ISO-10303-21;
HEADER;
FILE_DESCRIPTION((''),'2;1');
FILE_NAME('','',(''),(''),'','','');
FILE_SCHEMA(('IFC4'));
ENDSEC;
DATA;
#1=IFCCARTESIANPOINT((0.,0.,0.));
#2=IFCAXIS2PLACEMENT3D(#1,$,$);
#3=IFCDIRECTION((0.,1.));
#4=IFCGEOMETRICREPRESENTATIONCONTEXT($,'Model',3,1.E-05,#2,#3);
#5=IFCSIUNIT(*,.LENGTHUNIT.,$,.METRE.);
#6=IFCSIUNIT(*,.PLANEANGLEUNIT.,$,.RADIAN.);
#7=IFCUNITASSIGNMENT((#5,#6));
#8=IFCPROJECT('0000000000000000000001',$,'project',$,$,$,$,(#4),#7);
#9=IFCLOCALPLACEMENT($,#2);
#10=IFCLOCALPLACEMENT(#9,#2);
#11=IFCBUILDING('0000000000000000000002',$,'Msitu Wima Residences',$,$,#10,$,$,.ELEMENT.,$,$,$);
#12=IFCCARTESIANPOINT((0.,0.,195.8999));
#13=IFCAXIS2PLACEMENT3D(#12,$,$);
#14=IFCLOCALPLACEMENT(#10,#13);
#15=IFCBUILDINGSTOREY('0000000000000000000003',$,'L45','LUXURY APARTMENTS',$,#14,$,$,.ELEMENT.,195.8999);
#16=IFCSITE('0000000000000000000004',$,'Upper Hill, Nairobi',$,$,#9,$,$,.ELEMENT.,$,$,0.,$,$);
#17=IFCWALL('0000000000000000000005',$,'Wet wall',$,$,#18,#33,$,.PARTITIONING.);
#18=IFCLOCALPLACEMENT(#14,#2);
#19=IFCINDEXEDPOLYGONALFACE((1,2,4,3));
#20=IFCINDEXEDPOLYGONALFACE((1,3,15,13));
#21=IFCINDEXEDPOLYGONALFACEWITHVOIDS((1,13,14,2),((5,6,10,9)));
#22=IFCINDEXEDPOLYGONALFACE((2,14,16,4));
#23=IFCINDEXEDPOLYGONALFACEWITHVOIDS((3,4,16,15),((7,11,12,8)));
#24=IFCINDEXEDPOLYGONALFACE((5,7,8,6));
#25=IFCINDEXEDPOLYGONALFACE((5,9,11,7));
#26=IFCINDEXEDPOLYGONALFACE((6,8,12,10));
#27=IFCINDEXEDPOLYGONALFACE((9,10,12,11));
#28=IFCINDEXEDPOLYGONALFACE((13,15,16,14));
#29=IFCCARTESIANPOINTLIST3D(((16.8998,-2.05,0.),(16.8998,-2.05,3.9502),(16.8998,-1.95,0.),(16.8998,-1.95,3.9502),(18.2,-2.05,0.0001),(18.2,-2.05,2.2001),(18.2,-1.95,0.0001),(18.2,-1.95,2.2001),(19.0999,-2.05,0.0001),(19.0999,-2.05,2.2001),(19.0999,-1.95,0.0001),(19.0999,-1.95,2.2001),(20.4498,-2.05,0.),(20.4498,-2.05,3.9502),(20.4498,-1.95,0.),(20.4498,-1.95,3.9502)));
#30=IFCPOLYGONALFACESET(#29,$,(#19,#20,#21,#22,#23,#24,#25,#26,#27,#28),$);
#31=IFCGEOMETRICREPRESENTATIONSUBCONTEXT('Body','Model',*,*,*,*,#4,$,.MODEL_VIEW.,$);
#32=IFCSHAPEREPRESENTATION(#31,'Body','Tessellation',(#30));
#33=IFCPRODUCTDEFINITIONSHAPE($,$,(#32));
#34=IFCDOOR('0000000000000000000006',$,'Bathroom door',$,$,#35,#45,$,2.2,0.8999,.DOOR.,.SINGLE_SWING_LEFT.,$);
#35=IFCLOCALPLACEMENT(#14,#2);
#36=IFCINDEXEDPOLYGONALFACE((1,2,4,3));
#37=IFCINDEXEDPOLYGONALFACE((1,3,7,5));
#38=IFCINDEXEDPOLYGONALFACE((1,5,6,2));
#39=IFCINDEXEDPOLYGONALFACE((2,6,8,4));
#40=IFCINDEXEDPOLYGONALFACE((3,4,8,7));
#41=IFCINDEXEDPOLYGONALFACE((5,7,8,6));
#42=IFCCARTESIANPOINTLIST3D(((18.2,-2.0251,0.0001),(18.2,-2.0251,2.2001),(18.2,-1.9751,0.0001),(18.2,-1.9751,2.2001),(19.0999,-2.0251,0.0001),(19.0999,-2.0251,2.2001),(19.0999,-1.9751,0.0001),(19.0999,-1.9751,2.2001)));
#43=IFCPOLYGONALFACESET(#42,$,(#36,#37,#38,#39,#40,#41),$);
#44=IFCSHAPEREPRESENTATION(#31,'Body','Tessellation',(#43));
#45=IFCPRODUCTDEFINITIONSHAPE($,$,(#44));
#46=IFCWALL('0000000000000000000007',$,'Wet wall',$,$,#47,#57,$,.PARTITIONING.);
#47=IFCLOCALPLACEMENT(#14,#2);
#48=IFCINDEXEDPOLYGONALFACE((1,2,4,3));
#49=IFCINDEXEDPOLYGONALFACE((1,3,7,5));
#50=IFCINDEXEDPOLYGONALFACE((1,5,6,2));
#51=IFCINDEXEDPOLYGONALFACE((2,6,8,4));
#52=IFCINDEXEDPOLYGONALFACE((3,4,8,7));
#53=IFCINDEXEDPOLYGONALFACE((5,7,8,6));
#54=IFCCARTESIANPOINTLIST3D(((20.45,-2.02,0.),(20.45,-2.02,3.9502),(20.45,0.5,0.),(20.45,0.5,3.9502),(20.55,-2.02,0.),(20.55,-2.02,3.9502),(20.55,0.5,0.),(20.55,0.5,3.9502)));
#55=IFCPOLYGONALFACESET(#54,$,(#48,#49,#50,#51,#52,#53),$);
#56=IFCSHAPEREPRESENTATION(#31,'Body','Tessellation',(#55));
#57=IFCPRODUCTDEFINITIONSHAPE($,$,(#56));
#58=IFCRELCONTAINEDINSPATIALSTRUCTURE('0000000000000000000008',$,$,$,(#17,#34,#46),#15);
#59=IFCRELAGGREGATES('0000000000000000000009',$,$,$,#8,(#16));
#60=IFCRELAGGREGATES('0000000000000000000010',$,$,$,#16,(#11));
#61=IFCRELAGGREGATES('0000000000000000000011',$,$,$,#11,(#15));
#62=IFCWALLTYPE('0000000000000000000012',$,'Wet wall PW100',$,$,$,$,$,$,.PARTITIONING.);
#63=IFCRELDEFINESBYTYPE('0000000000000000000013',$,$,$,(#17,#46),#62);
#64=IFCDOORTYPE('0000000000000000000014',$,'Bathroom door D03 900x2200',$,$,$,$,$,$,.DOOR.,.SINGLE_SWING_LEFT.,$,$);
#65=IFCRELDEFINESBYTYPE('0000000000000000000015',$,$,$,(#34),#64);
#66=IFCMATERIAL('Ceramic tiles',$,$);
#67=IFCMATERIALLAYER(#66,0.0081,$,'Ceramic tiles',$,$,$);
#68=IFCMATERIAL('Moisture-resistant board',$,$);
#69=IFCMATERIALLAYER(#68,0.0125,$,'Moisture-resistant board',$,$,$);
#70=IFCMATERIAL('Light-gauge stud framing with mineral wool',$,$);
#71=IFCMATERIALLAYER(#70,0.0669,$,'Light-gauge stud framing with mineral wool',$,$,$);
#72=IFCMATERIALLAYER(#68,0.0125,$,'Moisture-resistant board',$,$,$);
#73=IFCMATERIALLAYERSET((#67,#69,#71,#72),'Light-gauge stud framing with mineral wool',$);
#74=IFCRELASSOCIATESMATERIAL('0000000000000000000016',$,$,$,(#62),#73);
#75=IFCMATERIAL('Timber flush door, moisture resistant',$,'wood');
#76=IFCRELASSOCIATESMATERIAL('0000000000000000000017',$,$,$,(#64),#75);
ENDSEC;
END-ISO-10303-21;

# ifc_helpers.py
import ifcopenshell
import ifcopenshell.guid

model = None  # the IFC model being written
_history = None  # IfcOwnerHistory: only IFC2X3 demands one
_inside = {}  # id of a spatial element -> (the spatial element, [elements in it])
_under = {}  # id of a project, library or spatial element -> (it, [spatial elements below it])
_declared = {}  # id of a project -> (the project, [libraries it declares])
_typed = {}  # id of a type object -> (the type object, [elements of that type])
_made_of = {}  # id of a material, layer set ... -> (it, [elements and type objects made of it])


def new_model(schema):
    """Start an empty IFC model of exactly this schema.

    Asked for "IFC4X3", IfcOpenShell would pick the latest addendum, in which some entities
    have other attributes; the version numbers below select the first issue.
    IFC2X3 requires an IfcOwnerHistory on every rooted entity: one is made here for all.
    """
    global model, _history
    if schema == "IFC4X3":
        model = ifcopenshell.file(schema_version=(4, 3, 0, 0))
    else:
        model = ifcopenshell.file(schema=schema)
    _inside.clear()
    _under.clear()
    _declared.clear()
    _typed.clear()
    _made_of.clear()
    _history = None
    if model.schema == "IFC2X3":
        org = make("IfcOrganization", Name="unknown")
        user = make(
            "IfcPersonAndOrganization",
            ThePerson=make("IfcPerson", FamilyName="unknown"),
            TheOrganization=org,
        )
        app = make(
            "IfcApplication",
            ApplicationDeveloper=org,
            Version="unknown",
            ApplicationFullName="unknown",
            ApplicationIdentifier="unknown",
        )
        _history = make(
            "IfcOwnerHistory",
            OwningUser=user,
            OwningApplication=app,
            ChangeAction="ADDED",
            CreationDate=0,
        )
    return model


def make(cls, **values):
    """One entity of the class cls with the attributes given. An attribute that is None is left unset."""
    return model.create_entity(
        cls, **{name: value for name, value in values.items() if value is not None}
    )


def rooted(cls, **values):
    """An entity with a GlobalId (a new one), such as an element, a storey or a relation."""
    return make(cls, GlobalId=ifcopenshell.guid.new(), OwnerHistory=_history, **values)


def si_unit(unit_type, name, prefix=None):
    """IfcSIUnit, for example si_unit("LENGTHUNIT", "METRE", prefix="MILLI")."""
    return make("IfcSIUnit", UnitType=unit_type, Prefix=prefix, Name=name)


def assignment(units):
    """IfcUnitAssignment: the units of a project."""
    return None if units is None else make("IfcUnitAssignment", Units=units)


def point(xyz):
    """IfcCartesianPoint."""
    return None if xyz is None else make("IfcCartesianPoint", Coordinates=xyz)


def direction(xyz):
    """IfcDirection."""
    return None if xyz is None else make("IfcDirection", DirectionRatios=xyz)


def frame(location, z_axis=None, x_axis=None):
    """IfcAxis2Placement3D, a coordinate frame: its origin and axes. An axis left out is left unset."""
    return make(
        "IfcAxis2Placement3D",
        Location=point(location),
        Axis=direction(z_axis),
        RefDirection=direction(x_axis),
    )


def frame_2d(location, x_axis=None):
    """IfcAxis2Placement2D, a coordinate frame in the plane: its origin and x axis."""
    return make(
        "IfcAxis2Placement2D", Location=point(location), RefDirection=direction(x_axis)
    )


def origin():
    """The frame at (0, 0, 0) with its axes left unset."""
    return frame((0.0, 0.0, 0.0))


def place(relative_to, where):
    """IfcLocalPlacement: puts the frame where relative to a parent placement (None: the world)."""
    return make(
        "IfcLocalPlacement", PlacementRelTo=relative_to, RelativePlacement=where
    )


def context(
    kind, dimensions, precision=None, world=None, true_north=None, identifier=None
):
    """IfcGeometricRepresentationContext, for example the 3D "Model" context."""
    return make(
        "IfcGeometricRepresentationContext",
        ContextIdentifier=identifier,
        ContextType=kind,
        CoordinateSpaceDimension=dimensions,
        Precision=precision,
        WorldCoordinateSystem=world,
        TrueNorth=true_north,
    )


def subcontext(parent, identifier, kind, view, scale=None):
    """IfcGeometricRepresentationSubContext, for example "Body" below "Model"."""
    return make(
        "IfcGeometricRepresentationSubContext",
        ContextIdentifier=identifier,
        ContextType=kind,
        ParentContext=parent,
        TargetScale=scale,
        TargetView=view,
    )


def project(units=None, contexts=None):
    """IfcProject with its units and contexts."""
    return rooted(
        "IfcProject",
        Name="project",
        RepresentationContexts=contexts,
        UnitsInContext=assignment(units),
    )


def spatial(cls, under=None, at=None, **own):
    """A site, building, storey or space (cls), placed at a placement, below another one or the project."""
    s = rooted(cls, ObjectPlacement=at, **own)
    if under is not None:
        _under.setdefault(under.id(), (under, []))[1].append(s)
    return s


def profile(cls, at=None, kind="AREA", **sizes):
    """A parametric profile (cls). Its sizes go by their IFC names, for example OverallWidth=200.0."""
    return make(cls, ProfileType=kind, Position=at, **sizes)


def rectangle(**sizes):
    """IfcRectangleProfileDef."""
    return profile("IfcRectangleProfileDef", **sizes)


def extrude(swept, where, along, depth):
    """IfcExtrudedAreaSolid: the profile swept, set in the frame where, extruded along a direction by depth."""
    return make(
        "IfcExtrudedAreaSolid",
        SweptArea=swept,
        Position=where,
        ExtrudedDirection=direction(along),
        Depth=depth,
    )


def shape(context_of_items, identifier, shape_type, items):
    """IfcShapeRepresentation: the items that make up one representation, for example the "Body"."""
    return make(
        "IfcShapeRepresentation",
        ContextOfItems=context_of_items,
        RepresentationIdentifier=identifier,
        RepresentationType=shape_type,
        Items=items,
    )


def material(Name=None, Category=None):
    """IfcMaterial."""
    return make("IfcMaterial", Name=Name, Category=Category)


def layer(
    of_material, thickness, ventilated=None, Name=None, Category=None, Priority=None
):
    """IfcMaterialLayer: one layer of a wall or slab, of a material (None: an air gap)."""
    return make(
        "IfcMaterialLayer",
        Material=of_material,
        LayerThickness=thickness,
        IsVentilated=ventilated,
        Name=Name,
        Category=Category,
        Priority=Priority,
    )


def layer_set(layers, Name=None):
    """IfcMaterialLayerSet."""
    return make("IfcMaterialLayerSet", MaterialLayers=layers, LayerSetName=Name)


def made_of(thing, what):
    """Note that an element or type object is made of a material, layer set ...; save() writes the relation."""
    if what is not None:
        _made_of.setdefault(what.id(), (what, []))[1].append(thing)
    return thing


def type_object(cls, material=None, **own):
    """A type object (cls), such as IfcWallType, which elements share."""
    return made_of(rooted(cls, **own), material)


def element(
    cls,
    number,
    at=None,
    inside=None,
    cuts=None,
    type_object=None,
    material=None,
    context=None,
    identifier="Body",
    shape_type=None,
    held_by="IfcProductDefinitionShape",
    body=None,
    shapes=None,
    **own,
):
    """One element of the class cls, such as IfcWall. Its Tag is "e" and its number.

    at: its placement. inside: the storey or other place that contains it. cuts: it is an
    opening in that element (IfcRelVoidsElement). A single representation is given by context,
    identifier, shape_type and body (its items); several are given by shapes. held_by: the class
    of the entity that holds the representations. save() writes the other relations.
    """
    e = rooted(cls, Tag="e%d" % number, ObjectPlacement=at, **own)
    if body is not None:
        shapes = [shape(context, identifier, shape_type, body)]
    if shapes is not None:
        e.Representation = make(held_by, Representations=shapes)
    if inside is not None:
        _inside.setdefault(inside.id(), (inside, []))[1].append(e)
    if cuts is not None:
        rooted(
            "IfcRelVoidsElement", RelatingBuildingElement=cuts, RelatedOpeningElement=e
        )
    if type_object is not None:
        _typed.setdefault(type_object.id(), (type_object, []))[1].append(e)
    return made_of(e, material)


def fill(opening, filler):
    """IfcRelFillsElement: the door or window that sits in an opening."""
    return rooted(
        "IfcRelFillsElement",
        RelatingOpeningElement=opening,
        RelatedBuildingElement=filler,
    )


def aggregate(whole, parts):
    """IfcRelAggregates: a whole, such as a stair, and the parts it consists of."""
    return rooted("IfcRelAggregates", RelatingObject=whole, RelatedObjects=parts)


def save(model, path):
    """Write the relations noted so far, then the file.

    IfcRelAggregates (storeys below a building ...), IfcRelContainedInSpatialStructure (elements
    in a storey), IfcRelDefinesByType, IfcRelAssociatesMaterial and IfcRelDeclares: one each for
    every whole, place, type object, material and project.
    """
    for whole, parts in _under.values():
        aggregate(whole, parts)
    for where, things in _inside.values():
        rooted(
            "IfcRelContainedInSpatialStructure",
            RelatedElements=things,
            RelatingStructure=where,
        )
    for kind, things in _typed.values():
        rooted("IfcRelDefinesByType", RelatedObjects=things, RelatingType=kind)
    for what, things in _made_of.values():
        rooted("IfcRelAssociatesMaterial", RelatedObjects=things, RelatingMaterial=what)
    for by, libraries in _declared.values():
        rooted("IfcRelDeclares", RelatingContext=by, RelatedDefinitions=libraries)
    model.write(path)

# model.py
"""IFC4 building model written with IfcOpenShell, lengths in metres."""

from ifc_helpers import new_model, si_unit, direction, frame, frame_2d, origin, place, context, subcontext, project, spatial, rectangle, extrude, material, layer, layer_set, type_object, element, fill, save


model = new_model("IFC4")

# Units and contexts
model_context = context("Model", 3, precision=1e-05, world=origin(), true_north=direction((0.0, 1.0)))
body_context = subcontext(model_context, "Body", "Model", "MODEL_VIEW")
ifc_project = project(units=[si_unit("LENGTHUNIT", "METRE"), si_unit("PLANEANGLEUNIT", "RADIAN")], contexts=[model_context])

# Site, building, storey
site_placement = place(None, origin())
site = spatial("IfcSite", under=ifc_project, at=site_placement, Name="Upper Hill, Nairobi", CompositionType="ELEMENT", RefElevation=0.0)
building_placement = place(site_placement, origin())
building = spatial("IfcBuilding", under=site, at=building_placement, Name="Msitu Wima Residences", CompositionType="ELEMENT")
storey_placement = place(building_placement, frame((0.0, 0.0, 195.8999)))
storey = spatial("IfcBuildingStorey", under=building, at=storey_placement, Name="L45", Description="LUXURY APARTMENTS", CompositionType="ELEMENT", Elevation=195.8999)

# Wall, opening, door
ifc_material_1 = material(Name="Ceramic tiles")
ifc_layer_1 = layer(ifc_material_1, 0.0081, Name="Ceramic tiles")
ifc_material_2 = material(Name="Moisture-resistant board")
ifc_layer_2 = layer(ifc_material_2, 0.0125, Name="Moisture-resistant board")
ifc_material_3 = material(Name="Light-gauge stud framing with mineral wool")
ifc_layer_3 = layer(ifc_material_3, 0.0669, Name="Light-gauge stud framing with mineral wool")
ifc_layer_4 = layer(ifc_material_2, 0.0125, Name="Moisture-resistant board")
ifc_layer_set_1 = layer_set([ifc_layer_1, ifc_layer_2, ifc_layer_3, ifc_layer_4], Name="Light-gauge stud framing with mineral wool")
wall_type_1 = type_object("IfcWallType", Name="Wet wall PW100", PredefinedType="PARTITIONING", material=ifc_layer_set_1)
wall_1_placement = place(storey_placement, frame((16.8999, -2.0, 0.0), z_axis=(0.0, 0.0, 1.0), x_axis=(1.0, 0.0, 0.0)))
wall_1 = element("IfcWall", 1, at=wall_1_placement, inside=storey, type_object=wall_type_1, Name="Wet wall", PredefinedType="PARTITIONING", context=body_context, shape_type="SweptSolid", body=[
    extrude(rectangle(XDim=3.55, YDim=0.1001, at=frame_2d((1.7749, 0.0))), origin(), (0.0, 0.0, 1.0), 3.9502),
])
opening_1_placement = place(wall_1_placement, frame((1.3, 0.0, 0.0)))
opening_1 = element("IfcOpeningElement", 2, at=opening_1_placement, cuts=wall_1, PredefinedType="OPENING", context=body_context, shape_type="SweptSolid", body=[
    extrude(rectangle(XDim=0.8999, YDim=2.2, at=frame_2d((0.45, 1.1001))), frame((0.0, 0.0601, 0.0), z_axis=(0.0, -1.0, 0.0), x_axis=(1.0, 0.0, 0.0)), (0.0, 0.0, 1.0), 0.1201),
])
ifc_material_4 = material(Name="Timber flush door, moisture resistant", Category="wood")
door_type_1 = type_object("IfcDoorType", Name="Bathroom door D03 900x2200", OperationType="SINGLE_SWING_LEFT", PredefinedType="DOOR", material=ifc_material_4)
door_1_placement = place(opening_1_placement, origin())
door_1 = element("IfcDoor", 3, at=door_1_placement, inside=storey, type_object=door_type_1, Name="Bathroom door", OperationType="SINGLE_SWING_LEFT", OverallHeight=2.2, OverallWidth=0.8999, PredefinedType="DOOR", context=body_context, shape_type="SweptSolid", body=[
    extrude(rectangle(XDim=0.8999, YDim=2.2, at=frame_2d((0.45, 1.1001))), frame((0.0, 0.0249, 0.0), z_axis=(0.0, -1.0, 0.0), x_axis=(1.0, 0.0, 0.0)), (0.0, 0.0, 1.0), 0.05),
])
fill(opening_1, door_1)

# Wall
wall_2_placement = place(storey_placement, frame((20.5, -2.02, 0.0), z_axis=(0.0, 0.0, 1.0), x_axis=(0.0, 1.0, 0.0)))
element("IfcWall", 4, at=wall_2_placement, inside=storey, type_object=wall_type_1, Name="Wet wall", PredefinedType="PARTITIONING", context=body_context, shape_type="SweptSolid", body=[
    extrude(rectangle(XDim=2.52, YDim=0.1001, at=frame_2d((1.26, 0.0))), origin(), (0.0, 0.0, 1.0), 3.9502),
])

save(model, "model.ifc")
